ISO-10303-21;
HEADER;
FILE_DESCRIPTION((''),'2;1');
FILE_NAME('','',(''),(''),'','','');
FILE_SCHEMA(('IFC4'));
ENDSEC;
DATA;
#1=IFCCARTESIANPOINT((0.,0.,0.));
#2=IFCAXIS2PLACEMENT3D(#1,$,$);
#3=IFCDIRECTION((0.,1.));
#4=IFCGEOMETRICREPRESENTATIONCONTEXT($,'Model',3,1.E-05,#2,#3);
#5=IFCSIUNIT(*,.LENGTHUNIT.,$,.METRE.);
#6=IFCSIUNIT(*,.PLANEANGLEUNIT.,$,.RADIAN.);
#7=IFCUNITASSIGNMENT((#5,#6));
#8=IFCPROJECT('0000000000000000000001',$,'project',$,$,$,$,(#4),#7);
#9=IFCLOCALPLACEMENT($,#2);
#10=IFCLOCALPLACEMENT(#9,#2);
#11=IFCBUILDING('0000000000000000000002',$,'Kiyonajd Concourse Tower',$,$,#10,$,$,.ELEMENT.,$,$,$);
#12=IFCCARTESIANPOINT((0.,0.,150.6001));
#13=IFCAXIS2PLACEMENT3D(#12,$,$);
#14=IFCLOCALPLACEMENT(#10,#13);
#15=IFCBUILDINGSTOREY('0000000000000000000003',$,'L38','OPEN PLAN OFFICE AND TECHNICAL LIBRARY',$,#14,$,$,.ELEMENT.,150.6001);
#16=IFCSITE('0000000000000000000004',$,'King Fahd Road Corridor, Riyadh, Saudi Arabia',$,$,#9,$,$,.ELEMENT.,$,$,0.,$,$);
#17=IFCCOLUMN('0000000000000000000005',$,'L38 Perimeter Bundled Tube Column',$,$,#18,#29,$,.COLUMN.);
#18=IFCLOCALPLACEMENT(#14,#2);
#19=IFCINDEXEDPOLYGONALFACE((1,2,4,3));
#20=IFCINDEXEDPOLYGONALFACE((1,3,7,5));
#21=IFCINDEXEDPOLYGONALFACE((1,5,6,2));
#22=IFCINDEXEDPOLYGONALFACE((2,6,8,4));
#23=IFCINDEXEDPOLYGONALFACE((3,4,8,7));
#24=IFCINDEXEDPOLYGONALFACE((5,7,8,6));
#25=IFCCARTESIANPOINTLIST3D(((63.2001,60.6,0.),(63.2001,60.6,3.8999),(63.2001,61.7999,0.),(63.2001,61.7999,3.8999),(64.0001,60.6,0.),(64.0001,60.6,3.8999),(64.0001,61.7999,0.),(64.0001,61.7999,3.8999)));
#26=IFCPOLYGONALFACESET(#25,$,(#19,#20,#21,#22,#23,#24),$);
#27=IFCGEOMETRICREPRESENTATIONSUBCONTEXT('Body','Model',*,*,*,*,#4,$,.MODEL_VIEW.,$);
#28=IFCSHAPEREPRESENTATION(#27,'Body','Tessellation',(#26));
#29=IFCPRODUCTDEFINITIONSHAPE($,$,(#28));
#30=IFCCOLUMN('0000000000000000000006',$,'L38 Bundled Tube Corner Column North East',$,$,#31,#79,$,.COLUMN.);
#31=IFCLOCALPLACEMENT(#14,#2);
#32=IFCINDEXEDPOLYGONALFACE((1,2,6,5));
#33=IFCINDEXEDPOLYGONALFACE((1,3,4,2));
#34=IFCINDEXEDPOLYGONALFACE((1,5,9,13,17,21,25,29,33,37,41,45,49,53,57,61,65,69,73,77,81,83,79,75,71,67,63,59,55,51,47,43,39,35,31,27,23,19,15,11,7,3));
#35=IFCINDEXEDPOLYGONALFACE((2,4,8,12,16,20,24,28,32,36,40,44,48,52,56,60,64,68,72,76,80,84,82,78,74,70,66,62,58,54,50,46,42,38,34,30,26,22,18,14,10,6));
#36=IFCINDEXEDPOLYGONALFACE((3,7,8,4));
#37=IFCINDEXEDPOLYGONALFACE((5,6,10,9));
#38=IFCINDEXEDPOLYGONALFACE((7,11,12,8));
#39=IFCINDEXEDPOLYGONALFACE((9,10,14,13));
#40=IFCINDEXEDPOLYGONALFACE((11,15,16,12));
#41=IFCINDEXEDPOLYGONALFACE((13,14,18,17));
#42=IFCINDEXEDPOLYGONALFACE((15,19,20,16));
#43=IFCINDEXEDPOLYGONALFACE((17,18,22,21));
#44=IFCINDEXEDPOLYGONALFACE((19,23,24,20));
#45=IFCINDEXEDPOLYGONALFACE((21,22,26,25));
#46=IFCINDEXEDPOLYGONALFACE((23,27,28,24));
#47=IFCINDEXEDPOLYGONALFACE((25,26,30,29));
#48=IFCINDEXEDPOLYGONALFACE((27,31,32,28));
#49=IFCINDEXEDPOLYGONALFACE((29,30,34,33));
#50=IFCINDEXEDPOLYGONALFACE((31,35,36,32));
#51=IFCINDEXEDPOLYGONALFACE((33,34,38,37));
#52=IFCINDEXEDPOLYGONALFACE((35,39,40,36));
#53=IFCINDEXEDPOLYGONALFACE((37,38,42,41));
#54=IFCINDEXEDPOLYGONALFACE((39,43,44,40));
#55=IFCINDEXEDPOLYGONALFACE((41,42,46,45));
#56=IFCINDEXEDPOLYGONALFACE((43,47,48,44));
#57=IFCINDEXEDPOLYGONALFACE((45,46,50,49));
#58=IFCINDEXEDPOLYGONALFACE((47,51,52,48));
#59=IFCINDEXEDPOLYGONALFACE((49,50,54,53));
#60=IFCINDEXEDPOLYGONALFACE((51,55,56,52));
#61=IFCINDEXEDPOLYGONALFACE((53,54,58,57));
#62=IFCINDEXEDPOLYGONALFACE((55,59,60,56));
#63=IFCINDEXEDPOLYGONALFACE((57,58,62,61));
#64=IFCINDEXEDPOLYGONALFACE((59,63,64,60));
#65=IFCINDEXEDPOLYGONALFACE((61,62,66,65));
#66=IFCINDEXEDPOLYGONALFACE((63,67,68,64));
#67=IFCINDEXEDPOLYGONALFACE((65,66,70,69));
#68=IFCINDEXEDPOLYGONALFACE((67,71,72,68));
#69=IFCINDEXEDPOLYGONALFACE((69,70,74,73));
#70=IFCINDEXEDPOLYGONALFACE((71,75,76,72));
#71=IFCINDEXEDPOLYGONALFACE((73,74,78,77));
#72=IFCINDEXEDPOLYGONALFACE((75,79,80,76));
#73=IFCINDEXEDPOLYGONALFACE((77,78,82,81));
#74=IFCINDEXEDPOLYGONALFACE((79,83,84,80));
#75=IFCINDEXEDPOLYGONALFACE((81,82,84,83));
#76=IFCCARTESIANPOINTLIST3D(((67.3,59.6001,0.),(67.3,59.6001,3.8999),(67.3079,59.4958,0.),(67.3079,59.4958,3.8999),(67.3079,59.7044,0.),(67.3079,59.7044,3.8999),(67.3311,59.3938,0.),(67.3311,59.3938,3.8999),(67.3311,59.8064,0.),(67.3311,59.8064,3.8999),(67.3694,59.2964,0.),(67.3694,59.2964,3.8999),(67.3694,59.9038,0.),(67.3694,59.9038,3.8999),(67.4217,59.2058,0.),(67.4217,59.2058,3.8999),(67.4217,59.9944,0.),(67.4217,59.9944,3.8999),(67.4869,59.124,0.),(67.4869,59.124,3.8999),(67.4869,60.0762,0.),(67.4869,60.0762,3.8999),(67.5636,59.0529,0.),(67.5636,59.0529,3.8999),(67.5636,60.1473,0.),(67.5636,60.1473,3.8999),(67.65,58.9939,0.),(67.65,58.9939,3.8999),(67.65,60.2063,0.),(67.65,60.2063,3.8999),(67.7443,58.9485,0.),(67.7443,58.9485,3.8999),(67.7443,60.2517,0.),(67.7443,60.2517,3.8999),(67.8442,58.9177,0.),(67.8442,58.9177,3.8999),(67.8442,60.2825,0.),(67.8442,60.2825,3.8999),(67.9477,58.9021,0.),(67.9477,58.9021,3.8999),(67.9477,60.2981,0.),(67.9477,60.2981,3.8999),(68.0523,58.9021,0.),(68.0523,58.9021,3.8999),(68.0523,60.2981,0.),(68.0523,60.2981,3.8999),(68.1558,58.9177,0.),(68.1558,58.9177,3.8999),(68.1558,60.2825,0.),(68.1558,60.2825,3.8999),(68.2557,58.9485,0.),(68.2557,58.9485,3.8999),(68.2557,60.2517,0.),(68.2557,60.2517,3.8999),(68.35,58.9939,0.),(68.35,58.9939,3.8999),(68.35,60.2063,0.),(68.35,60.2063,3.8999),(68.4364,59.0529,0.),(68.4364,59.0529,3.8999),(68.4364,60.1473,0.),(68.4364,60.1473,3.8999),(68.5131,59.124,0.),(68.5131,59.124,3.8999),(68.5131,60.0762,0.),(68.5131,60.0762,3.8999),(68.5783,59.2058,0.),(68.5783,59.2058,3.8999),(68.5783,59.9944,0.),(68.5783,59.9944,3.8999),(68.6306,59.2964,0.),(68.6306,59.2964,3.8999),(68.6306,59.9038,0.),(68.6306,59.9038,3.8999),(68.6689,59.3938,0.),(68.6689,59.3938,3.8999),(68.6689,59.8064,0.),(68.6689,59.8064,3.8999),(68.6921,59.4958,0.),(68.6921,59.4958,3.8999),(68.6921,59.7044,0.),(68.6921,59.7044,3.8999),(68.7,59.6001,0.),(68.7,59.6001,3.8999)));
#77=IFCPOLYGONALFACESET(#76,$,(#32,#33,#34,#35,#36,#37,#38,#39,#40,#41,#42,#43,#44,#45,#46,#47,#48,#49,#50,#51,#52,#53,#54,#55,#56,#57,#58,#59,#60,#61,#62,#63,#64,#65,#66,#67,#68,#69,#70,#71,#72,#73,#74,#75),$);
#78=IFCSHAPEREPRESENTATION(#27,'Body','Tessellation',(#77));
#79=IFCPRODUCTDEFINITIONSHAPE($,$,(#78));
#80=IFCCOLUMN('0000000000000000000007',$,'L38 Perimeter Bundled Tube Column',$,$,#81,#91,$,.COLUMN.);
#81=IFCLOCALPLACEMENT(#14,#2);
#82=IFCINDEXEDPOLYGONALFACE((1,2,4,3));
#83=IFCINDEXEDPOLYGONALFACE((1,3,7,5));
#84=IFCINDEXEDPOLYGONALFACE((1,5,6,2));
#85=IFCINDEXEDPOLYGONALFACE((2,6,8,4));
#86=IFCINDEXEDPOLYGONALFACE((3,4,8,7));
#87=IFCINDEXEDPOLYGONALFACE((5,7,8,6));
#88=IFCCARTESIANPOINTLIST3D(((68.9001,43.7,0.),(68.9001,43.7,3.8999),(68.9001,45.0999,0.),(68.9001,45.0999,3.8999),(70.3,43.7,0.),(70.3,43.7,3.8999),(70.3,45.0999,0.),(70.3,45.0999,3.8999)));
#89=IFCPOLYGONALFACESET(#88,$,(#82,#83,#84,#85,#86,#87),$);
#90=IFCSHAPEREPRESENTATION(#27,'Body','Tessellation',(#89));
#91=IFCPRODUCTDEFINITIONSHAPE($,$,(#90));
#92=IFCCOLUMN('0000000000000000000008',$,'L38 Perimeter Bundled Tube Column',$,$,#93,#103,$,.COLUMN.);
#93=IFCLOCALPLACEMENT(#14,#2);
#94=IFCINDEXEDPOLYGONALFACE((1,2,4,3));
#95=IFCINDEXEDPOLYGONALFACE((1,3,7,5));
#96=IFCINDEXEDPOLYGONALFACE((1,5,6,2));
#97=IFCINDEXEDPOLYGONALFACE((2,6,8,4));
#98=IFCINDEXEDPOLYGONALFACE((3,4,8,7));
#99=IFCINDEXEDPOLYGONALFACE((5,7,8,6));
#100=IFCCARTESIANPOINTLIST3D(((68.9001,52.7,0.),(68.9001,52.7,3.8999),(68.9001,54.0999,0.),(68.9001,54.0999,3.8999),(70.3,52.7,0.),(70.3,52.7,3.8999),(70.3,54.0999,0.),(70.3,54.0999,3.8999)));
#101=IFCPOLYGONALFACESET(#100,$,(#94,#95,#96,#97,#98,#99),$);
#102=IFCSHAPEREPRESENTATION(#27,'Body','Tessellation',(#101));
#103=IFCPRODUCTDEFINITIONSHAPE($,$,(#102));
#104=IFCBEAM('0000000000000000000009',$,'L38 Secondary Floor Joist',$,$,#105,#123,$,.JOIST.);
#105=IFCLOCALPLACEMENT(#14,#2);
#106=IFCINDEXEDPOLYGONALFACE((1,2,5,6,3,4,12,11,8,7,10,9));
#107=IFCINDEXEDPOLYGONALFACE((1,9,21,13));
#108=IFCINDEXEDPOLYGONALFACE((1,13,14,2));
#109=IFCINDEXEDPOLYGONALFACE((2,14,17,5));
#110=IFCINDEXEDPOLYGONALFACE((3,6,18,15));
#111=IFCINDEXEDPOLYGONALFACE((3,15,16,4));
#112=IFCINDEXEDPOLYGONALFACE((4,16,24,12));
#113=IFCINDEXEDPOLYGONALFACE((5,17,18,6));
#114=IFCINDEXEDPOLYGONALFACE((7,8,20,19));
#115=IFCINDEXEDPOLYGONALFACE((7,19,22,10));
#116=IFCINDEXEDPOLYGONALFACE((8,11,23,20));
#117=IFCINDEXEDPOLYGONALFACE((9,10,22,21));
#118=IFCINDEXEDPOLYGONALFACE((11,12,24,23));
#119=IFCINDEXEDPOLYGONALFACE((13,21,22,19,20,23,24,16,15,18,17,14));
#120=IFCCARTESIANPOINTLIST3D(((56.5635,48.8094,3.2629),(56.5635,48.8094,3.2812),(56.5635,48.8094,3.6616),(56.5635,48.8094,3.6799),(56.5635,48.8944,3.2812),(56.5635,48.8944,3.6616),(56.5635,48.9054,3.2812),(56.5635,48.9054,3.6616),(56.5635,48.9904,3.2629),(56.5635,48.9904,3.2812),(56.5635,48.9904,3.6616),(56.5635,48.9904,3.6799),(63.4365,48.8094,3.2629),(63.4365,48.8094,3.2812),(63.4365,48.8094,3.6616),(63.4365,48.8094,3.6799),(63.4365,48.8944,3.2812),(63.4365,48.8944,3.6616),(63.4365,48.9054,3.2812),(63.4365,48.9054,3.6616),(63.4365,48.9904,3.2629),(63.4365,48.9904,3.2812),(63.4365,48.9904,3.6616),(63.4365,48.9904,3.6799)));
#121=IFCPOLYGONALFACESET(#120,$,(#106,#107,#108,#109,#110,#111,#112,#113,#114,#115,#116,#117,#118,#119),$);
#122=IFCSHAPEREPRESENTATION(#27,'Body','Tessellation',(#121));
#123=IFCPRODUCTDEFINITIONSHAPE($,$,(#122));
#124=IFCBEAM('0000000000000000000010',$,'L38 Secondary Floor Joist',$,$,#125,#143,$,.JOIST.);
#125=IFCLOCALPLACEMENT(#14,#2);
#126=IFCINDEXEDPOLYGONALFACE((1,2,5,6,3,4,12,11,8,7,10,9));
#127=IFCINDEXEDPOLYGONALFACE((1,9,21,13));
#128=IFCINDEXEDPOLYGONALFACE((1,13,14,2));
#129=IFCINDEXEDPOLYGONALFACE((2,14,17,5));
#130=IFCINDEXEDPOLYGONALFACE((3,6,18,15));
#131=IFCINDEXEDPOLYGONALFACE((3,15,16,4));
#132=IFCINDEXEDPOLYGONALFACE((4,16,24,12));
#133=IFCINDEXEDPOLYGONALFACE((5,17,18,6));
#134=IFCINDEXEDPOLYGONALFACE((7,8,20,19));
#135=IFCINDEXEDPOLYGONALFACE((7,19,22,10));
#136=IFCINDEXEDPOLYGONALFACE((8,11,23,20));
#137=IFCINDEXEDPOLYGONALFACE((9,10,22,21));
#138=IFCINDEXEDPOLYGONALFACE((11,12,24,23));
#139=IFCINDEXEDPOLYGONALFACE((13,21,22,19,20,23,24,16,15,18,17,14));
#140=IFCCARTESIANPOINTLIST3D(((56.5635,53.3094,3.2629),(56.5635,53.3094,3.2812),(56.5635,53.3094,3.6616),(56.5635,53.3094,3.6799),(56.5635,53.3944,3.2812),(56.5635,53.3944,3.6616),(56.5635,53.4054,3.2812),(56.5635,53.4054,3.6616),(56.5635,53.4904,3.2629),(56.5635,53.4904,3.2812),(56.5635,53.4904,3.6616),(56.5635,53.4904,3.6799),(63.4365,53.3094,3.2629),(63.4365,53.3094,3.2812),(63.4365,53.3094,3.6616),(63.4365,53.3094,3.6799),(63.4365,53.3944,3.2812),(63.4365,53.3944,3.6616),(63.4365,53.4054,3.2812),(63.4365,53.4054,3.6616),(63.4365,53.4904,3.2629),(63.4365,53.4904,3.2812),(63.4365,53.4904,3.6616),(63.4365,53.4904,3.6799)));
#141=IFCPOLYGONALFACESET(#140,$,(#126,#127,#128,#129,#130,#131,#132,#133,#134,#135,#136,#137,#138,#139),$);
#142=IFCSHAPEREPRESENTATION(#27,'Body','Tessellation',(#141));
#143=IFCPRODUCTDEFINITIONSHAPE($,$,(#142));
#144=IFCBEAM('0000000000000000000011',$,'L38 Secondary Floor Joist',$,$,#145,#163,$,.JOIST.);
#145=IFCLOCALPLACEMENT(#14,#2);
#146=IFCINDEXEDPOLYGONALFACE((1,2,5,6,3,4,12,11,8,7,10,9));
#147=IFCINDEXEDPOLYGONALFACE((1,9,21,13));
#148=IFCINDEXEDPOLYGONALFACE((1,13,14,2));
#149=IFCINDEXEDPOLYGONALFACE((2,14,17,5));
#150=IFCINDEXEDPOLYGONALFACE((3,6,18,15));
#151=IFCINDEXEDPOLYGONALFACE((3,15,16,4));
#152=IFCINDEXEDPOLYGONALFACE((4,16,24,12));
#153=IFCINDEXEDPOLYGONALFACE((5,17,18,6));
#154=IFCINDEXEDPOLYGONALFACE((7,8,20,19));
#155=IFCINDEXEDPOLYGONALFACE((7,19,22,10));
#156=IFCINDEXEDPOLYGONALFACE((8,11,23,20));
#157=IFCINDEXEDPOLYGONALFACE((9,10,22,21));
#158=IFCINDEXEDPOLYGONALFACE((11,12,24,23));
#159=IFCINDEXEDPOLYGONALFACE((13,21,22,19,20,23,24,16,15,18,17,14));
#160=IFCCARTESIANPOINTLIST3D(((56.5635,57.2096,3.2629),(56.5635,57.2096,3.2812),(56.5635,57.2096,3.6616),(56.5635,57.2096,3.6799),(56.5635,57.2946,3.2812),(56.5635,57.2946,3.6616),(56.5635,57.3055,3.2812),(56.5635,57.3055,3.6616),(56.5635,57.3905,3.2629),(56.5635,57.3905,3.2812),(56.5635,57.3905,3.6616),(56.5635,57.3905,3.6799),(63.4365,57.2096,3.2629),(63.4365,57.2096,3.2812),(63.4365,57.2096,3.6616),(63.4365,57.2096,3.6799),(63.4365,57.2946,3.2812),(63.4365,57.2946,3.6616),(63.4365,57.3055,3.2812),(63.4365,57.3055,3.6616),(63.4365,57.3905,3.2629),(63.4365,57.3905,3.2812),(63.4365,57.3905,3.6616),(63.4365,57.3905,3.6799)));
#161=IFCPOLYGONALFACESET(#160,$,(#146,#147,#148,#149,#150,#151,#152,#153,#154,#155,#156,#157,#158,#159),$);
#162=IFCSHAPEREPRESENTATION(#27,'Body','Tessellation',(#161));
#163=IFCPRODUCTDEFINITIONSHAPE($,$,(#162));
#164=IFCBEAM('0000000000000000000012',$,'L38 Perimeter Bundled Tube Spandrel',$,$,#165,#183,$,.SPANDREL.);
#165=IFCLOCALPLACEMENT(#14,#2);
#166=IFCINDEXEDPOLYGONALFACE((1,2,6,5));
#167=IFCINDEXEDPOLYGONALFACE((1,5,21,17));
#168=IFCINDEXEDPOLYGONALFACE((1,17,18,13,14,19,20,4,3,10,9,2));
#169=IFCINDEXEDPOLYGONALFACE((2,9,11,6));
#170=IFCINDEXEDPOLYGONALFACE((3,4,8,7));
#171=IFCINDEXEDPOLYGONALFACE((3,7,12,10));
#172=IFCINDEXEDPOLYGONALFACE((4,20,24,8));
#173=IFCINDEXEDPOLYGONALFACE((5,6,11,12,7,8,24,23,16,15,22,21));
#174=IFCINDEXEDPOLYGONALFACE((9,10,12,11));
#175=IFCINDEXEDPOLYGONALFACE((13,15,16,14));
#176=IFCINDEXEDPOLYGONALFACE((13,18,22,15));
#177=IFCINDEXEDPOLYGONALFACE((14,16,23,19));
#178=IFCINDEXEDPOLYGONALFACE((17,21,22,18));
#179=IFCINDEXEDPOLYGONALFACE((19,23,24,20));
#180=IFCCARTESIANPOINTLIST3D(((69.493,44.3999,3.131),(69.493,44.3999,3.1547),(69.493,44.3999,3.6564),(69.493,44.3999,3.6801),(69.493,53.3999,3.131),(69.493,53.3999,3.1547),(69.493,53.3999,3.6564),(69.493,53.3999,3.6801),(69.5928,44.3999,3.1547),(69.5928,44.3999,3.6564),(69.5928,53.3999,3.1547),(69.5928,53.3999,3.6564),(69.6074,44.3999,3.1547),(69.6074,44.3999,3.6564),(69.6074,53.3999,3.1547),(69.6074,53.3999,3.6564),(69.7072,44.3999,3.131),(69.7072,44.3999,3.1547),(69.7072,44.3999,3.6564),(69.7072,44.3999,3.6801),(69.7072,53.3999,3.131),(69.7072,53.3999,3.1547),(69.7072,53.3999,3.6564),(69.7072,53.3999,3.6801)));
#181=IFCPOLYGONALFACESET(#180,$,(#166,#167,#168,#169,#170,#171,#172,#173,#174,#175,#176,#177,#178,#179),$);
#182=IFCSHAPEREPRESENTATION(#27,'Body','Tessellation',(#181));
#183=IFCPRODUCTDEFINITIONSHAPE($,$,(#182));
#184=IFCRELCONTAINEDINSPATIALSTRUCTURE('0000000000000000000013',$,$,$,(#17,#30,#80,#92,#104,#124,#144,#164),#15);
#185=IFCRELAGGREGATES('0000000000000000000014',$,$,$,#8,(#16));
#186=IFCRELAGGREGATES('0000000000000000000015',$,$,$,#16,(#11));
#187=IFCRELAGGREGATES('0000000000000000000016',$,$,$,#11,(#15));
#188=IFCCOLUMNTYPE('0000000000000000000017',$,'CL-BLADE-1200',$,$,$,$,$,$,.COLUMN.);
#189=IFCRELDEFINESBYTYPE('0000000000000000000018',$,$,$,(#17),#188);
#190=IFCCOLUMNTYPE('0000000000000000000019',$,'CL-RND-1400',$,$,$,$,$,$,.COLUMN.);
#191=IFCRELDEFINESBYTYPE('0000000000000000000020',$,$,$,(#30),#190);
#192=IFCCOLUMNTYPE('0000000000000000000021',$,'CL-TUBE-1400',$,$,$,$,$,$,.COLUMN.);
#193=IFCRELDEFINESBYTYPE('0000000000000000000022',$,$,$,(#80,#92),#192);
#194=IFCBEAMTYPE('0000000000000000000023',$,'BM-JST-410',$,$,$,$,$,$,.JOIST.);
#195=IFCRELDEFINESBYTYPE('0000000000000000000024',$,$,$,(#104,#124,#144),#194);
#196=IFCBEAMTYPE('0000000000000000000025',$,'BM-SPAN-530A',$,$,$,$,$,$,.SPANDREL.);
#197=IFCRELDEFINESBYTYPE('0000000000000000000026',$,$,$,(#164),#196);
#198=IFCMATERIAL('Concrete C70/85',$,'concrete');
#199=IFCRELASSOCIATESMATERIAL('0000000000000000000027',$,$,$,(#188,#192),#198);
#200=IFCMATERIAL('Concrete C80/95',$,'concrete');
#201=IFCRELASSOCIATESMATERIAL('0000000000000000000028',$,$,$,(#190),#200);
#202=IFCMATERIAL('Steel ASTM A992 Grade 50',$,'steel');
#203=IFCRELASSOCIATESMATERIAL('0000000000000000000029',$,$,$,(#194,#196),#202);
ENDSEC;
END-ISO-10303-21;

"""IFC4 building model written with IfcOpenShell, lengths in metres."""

from ifc_helpers import new_model, si_unit, direction, frame, origin, origin_2d, place, context, subcontext, project, spatial, rectangle, circle, i_section, extrude, material, material_profile, profile_set, type_object, element, save


model = new_model("IFC4")

# Units and contexts
model_context = context("Model", 3, precision=1e-05, world=origin(), true_north=direction((0.0, 1.0)))
body_context = subcontext(model_context, "Body", "Model", "MODEL_VIEW")
ifc_project = project(units=[si_unit("LENGTHUNIT", "METRE"), si_unit("PLANEANGLEUNIT", "RADIAN")], contexts=[model_context])

# Site, building, storey
site_placement = place(None, origin())
site = spatial("IfcSite", under=ifc_project, at=site_placement, Name="King Fahd Road Corridor, Riyadh, Saudi Arabia", CompositionType="ELEMENT", RefElevation=0.0)
building_placement = place(site_placement, origin())
building = spatial("IfcBuilding", under=site, at=building_placement, Name="Kiyonajd Concourse Tower", CompositionType="ELEMENT")
storey_placement = place(building_placement, frame((0.0, 0.0, 150.6001)))
storey = spatial("IfcBuildingStorey", under=building, at=storey_placement, Name="L38", Description="OPEN PLAN OFFICE AND TECHNICAL LIBRARY", CompositionType="ELEMENT", Elevation=150.6001)

# Columns
ifc_material_1 = material(Name="Concrete C70/85", Category="concrete")
ifc_material_profile_1 = material_profile(ifc_material_1, rectangle(XDim=0.8, YDim=1.2, at=origin_2d()), Name="RC-1200x800")
ifc_profile_set_1 = profile_set([ifc_material_profile_1], Name="Concrete C70/85")
column_type_1 = type_object("IfcColumnType", Name="CL-BLADE-1200", PredefinedType="COLUMN", material=ifc_profile_set_1)
column_1_placement = place(storey_placement, frame((63.6001, 61.2, 0.0), z_axis=(0.0, 0.0, 1.0), x_axis=(1.0, 0.0, 0.0)))
element("IfcColumn", 1, at=column_1_placement, inside=storey, type_object=column_type_1, Name="L38 Perimeter Bundled Tube Column", PredefinedType="COLUMN", context=body_context, shape_type="SweptSolid", body=[
    extrude(rectangle(XDim=0.8, YDim=1.2, at=origin_2d()), origin(), (0.0, 0.0, 1.0), 3.8999),
])
ifc_material_2 = material(Name="Concrete C80/95", Category="concrete")
ifc_material_profile_2 = material_profile(ifc_material_2, circle(Radius=0.7, at=origin_2d()), Name="RCC-D1400")
ifc_profile_set_2 = profile_set([ifc_material_profile_2], Name="Concrete C80/95")
column_type_2 = type_object("IfcColumnType", Name="CL-RND-1400", PredefinedType="COLUMN", material=ifc_profile_set_2)
column_2_placement = place(storey_placement, frame((68.0, 59.6001, 0.0), z_axis=(0.0, 0.0, 1.0), x_axis=(1.0, 0.0, 0.0)))
element("IfcColumn", 2, at=column_2_placement, inside=storey, type_object=column_type_2, Name="L38 Bundled Tube Corner Column North East", PredefinedType="COLUMN", context=body_context, shape_type="SweptSolid", body=[
    extrude(circle(Radius=0.7, at=origin_2d()), origin(), (0.0, 0.0, 1.0), 3.8999),
])
ifc_material_profile_3 = material_profile(ifc_material_1, rectangle(XDim=1.3999, YDim=1.3999, at=origin_2d()), Name="RC-1400x1400")
ifc_profile_set_3 = profile_set([ifc_material_profile_3], Name="Concrete C70/85")
column_type_3 = type_object("IfcColumnType", Name="CL-TUBE-1400", PredefinedType="COLUMN", material=ifc_profile_set_3)
for number, where, z_axis, x_axis, name in (
    (3, (69.6001, 44.3999, 0.0), (0.0, 0.0, 1.0), (1.0, 0.0, 0.0), "L38 Perimeter Bundled Tube Column"),
    (4, (69.6001, 53.3999, 0.0), (0.0, 0.0, 1.0), (1.0, 0.0, 0.0), "L38 Perimeter Bundled Tube Column"),
):
    element("IfcColumn", number, at=place(storey_placement, frame(where, z_axis=z_axis, x_axis=x_axis)), inside=storey, type_object=column_type_3, Name=name, PredefinedType="COLUMN", context=body_context, shape_type="SweptSolid", body=[
        extrude(rectangle(XDim=1.3999, YDim=1.3999, at=origin_2d()), origin(), (0.0, 0.0, 1.0), 3.8999),
    ])

# Beams
ifc_material_3 = material(Name="Steel ASTM A992 Grade 50", Category="steel")
ifc_material_profile_4 = material_profile(ifc_material_3, i_section(OverallWidth=0.1809, OverallDepth=0.417, WebThickness=0.011, FlangeThickness=0.0183, at=origin_2d()), Name="W410X85")
ifc_profile_set_4 = profile_set([ifc_material_profile_4], Name="Steel ASTM A992 Grade 50")
beam_type_1 = type_object("IfcBeamType", Name="BM-JST-410", PredefinedType="JOIST", material=ifc_profile_set_4)
for number, where, z_axis, x_axis, name in (
    (5, (56.5635, 48.8999, 3.4714), (1.0, 0.0, 0.0), (0.0, 1.0, 0.0), "L38 Secondary Floor Joist"),
    (6, (56.5635, 53.3999, 3.4714), (1.0, 0.0, 0.0), (0.0, 1.0, 0.0), "L38 Secondary Floor Joist"),
    (7, (56.5635, 57.3, 3.4714), (1.0, 0.0, 0.0), (0.0, 1.0, 0.0), "L38 Secondary Floor Joist"),
):
    element("IfcBeam", number, at=place(storey_placement, frame(where, z_axis=z_axis, x_axis=x_axis)), inside=storey, type_object=beam_type_1, Name=name, PredefinedType="JOIST", context=body_context, shape_type="SweptSolid", body=[
        extrude(i_section(OverallWidth=0.1809, OverallDepth=0.417, WebThickness=0.011, FlangeThickness=0.0183, at=origin_2d()), origin(), (0.0, 0.0, 1.0), 6.873),
    ])
ifc_material_profile_5 = material_profile(ifc_material_3, i_section(OverallWidth=0.2141, OverallDepth=0.5491, WebThickness=0.0146, FlangeThickness=0.0237, at=origin_2d()), Name="W530X138")
ifc_profile_set_5 = profile_set([ifc_material_profile_5], Name="Steel ASTM A992 Grade 50")
beam_type_2 = type_object("IfcBeamType", Name="BM-SPAN-530A", PredefinedType="SPANDREL", material=ifc_profile_set_5)
beam_1_placement = place(storey_placement, frame((69.6001, 44.3999, 3.4055), z_axis=(0.0, 1.0, 0.0), x_axis=(-1.0, 0.0, 0.0)))
element("IfcBeam", 8, at=beam_1_placement, inside=storey, type_object=beam_type_2, Name="L38 Perimeter Bundled Tube Spandrel", PredefinedType="SPANDREL", context=body_context, shape_type="SweptSolid", body=[
    extrude(i_section(OverallWidth=0.2141, OverallDepth=0.5491, WebThickness=0.0146, FlangeThickness=0.0237, at=origin_2d()), origin(), (0.0, 0.0, 1.0), 9.0),
])

save(model, "model.ifc")
